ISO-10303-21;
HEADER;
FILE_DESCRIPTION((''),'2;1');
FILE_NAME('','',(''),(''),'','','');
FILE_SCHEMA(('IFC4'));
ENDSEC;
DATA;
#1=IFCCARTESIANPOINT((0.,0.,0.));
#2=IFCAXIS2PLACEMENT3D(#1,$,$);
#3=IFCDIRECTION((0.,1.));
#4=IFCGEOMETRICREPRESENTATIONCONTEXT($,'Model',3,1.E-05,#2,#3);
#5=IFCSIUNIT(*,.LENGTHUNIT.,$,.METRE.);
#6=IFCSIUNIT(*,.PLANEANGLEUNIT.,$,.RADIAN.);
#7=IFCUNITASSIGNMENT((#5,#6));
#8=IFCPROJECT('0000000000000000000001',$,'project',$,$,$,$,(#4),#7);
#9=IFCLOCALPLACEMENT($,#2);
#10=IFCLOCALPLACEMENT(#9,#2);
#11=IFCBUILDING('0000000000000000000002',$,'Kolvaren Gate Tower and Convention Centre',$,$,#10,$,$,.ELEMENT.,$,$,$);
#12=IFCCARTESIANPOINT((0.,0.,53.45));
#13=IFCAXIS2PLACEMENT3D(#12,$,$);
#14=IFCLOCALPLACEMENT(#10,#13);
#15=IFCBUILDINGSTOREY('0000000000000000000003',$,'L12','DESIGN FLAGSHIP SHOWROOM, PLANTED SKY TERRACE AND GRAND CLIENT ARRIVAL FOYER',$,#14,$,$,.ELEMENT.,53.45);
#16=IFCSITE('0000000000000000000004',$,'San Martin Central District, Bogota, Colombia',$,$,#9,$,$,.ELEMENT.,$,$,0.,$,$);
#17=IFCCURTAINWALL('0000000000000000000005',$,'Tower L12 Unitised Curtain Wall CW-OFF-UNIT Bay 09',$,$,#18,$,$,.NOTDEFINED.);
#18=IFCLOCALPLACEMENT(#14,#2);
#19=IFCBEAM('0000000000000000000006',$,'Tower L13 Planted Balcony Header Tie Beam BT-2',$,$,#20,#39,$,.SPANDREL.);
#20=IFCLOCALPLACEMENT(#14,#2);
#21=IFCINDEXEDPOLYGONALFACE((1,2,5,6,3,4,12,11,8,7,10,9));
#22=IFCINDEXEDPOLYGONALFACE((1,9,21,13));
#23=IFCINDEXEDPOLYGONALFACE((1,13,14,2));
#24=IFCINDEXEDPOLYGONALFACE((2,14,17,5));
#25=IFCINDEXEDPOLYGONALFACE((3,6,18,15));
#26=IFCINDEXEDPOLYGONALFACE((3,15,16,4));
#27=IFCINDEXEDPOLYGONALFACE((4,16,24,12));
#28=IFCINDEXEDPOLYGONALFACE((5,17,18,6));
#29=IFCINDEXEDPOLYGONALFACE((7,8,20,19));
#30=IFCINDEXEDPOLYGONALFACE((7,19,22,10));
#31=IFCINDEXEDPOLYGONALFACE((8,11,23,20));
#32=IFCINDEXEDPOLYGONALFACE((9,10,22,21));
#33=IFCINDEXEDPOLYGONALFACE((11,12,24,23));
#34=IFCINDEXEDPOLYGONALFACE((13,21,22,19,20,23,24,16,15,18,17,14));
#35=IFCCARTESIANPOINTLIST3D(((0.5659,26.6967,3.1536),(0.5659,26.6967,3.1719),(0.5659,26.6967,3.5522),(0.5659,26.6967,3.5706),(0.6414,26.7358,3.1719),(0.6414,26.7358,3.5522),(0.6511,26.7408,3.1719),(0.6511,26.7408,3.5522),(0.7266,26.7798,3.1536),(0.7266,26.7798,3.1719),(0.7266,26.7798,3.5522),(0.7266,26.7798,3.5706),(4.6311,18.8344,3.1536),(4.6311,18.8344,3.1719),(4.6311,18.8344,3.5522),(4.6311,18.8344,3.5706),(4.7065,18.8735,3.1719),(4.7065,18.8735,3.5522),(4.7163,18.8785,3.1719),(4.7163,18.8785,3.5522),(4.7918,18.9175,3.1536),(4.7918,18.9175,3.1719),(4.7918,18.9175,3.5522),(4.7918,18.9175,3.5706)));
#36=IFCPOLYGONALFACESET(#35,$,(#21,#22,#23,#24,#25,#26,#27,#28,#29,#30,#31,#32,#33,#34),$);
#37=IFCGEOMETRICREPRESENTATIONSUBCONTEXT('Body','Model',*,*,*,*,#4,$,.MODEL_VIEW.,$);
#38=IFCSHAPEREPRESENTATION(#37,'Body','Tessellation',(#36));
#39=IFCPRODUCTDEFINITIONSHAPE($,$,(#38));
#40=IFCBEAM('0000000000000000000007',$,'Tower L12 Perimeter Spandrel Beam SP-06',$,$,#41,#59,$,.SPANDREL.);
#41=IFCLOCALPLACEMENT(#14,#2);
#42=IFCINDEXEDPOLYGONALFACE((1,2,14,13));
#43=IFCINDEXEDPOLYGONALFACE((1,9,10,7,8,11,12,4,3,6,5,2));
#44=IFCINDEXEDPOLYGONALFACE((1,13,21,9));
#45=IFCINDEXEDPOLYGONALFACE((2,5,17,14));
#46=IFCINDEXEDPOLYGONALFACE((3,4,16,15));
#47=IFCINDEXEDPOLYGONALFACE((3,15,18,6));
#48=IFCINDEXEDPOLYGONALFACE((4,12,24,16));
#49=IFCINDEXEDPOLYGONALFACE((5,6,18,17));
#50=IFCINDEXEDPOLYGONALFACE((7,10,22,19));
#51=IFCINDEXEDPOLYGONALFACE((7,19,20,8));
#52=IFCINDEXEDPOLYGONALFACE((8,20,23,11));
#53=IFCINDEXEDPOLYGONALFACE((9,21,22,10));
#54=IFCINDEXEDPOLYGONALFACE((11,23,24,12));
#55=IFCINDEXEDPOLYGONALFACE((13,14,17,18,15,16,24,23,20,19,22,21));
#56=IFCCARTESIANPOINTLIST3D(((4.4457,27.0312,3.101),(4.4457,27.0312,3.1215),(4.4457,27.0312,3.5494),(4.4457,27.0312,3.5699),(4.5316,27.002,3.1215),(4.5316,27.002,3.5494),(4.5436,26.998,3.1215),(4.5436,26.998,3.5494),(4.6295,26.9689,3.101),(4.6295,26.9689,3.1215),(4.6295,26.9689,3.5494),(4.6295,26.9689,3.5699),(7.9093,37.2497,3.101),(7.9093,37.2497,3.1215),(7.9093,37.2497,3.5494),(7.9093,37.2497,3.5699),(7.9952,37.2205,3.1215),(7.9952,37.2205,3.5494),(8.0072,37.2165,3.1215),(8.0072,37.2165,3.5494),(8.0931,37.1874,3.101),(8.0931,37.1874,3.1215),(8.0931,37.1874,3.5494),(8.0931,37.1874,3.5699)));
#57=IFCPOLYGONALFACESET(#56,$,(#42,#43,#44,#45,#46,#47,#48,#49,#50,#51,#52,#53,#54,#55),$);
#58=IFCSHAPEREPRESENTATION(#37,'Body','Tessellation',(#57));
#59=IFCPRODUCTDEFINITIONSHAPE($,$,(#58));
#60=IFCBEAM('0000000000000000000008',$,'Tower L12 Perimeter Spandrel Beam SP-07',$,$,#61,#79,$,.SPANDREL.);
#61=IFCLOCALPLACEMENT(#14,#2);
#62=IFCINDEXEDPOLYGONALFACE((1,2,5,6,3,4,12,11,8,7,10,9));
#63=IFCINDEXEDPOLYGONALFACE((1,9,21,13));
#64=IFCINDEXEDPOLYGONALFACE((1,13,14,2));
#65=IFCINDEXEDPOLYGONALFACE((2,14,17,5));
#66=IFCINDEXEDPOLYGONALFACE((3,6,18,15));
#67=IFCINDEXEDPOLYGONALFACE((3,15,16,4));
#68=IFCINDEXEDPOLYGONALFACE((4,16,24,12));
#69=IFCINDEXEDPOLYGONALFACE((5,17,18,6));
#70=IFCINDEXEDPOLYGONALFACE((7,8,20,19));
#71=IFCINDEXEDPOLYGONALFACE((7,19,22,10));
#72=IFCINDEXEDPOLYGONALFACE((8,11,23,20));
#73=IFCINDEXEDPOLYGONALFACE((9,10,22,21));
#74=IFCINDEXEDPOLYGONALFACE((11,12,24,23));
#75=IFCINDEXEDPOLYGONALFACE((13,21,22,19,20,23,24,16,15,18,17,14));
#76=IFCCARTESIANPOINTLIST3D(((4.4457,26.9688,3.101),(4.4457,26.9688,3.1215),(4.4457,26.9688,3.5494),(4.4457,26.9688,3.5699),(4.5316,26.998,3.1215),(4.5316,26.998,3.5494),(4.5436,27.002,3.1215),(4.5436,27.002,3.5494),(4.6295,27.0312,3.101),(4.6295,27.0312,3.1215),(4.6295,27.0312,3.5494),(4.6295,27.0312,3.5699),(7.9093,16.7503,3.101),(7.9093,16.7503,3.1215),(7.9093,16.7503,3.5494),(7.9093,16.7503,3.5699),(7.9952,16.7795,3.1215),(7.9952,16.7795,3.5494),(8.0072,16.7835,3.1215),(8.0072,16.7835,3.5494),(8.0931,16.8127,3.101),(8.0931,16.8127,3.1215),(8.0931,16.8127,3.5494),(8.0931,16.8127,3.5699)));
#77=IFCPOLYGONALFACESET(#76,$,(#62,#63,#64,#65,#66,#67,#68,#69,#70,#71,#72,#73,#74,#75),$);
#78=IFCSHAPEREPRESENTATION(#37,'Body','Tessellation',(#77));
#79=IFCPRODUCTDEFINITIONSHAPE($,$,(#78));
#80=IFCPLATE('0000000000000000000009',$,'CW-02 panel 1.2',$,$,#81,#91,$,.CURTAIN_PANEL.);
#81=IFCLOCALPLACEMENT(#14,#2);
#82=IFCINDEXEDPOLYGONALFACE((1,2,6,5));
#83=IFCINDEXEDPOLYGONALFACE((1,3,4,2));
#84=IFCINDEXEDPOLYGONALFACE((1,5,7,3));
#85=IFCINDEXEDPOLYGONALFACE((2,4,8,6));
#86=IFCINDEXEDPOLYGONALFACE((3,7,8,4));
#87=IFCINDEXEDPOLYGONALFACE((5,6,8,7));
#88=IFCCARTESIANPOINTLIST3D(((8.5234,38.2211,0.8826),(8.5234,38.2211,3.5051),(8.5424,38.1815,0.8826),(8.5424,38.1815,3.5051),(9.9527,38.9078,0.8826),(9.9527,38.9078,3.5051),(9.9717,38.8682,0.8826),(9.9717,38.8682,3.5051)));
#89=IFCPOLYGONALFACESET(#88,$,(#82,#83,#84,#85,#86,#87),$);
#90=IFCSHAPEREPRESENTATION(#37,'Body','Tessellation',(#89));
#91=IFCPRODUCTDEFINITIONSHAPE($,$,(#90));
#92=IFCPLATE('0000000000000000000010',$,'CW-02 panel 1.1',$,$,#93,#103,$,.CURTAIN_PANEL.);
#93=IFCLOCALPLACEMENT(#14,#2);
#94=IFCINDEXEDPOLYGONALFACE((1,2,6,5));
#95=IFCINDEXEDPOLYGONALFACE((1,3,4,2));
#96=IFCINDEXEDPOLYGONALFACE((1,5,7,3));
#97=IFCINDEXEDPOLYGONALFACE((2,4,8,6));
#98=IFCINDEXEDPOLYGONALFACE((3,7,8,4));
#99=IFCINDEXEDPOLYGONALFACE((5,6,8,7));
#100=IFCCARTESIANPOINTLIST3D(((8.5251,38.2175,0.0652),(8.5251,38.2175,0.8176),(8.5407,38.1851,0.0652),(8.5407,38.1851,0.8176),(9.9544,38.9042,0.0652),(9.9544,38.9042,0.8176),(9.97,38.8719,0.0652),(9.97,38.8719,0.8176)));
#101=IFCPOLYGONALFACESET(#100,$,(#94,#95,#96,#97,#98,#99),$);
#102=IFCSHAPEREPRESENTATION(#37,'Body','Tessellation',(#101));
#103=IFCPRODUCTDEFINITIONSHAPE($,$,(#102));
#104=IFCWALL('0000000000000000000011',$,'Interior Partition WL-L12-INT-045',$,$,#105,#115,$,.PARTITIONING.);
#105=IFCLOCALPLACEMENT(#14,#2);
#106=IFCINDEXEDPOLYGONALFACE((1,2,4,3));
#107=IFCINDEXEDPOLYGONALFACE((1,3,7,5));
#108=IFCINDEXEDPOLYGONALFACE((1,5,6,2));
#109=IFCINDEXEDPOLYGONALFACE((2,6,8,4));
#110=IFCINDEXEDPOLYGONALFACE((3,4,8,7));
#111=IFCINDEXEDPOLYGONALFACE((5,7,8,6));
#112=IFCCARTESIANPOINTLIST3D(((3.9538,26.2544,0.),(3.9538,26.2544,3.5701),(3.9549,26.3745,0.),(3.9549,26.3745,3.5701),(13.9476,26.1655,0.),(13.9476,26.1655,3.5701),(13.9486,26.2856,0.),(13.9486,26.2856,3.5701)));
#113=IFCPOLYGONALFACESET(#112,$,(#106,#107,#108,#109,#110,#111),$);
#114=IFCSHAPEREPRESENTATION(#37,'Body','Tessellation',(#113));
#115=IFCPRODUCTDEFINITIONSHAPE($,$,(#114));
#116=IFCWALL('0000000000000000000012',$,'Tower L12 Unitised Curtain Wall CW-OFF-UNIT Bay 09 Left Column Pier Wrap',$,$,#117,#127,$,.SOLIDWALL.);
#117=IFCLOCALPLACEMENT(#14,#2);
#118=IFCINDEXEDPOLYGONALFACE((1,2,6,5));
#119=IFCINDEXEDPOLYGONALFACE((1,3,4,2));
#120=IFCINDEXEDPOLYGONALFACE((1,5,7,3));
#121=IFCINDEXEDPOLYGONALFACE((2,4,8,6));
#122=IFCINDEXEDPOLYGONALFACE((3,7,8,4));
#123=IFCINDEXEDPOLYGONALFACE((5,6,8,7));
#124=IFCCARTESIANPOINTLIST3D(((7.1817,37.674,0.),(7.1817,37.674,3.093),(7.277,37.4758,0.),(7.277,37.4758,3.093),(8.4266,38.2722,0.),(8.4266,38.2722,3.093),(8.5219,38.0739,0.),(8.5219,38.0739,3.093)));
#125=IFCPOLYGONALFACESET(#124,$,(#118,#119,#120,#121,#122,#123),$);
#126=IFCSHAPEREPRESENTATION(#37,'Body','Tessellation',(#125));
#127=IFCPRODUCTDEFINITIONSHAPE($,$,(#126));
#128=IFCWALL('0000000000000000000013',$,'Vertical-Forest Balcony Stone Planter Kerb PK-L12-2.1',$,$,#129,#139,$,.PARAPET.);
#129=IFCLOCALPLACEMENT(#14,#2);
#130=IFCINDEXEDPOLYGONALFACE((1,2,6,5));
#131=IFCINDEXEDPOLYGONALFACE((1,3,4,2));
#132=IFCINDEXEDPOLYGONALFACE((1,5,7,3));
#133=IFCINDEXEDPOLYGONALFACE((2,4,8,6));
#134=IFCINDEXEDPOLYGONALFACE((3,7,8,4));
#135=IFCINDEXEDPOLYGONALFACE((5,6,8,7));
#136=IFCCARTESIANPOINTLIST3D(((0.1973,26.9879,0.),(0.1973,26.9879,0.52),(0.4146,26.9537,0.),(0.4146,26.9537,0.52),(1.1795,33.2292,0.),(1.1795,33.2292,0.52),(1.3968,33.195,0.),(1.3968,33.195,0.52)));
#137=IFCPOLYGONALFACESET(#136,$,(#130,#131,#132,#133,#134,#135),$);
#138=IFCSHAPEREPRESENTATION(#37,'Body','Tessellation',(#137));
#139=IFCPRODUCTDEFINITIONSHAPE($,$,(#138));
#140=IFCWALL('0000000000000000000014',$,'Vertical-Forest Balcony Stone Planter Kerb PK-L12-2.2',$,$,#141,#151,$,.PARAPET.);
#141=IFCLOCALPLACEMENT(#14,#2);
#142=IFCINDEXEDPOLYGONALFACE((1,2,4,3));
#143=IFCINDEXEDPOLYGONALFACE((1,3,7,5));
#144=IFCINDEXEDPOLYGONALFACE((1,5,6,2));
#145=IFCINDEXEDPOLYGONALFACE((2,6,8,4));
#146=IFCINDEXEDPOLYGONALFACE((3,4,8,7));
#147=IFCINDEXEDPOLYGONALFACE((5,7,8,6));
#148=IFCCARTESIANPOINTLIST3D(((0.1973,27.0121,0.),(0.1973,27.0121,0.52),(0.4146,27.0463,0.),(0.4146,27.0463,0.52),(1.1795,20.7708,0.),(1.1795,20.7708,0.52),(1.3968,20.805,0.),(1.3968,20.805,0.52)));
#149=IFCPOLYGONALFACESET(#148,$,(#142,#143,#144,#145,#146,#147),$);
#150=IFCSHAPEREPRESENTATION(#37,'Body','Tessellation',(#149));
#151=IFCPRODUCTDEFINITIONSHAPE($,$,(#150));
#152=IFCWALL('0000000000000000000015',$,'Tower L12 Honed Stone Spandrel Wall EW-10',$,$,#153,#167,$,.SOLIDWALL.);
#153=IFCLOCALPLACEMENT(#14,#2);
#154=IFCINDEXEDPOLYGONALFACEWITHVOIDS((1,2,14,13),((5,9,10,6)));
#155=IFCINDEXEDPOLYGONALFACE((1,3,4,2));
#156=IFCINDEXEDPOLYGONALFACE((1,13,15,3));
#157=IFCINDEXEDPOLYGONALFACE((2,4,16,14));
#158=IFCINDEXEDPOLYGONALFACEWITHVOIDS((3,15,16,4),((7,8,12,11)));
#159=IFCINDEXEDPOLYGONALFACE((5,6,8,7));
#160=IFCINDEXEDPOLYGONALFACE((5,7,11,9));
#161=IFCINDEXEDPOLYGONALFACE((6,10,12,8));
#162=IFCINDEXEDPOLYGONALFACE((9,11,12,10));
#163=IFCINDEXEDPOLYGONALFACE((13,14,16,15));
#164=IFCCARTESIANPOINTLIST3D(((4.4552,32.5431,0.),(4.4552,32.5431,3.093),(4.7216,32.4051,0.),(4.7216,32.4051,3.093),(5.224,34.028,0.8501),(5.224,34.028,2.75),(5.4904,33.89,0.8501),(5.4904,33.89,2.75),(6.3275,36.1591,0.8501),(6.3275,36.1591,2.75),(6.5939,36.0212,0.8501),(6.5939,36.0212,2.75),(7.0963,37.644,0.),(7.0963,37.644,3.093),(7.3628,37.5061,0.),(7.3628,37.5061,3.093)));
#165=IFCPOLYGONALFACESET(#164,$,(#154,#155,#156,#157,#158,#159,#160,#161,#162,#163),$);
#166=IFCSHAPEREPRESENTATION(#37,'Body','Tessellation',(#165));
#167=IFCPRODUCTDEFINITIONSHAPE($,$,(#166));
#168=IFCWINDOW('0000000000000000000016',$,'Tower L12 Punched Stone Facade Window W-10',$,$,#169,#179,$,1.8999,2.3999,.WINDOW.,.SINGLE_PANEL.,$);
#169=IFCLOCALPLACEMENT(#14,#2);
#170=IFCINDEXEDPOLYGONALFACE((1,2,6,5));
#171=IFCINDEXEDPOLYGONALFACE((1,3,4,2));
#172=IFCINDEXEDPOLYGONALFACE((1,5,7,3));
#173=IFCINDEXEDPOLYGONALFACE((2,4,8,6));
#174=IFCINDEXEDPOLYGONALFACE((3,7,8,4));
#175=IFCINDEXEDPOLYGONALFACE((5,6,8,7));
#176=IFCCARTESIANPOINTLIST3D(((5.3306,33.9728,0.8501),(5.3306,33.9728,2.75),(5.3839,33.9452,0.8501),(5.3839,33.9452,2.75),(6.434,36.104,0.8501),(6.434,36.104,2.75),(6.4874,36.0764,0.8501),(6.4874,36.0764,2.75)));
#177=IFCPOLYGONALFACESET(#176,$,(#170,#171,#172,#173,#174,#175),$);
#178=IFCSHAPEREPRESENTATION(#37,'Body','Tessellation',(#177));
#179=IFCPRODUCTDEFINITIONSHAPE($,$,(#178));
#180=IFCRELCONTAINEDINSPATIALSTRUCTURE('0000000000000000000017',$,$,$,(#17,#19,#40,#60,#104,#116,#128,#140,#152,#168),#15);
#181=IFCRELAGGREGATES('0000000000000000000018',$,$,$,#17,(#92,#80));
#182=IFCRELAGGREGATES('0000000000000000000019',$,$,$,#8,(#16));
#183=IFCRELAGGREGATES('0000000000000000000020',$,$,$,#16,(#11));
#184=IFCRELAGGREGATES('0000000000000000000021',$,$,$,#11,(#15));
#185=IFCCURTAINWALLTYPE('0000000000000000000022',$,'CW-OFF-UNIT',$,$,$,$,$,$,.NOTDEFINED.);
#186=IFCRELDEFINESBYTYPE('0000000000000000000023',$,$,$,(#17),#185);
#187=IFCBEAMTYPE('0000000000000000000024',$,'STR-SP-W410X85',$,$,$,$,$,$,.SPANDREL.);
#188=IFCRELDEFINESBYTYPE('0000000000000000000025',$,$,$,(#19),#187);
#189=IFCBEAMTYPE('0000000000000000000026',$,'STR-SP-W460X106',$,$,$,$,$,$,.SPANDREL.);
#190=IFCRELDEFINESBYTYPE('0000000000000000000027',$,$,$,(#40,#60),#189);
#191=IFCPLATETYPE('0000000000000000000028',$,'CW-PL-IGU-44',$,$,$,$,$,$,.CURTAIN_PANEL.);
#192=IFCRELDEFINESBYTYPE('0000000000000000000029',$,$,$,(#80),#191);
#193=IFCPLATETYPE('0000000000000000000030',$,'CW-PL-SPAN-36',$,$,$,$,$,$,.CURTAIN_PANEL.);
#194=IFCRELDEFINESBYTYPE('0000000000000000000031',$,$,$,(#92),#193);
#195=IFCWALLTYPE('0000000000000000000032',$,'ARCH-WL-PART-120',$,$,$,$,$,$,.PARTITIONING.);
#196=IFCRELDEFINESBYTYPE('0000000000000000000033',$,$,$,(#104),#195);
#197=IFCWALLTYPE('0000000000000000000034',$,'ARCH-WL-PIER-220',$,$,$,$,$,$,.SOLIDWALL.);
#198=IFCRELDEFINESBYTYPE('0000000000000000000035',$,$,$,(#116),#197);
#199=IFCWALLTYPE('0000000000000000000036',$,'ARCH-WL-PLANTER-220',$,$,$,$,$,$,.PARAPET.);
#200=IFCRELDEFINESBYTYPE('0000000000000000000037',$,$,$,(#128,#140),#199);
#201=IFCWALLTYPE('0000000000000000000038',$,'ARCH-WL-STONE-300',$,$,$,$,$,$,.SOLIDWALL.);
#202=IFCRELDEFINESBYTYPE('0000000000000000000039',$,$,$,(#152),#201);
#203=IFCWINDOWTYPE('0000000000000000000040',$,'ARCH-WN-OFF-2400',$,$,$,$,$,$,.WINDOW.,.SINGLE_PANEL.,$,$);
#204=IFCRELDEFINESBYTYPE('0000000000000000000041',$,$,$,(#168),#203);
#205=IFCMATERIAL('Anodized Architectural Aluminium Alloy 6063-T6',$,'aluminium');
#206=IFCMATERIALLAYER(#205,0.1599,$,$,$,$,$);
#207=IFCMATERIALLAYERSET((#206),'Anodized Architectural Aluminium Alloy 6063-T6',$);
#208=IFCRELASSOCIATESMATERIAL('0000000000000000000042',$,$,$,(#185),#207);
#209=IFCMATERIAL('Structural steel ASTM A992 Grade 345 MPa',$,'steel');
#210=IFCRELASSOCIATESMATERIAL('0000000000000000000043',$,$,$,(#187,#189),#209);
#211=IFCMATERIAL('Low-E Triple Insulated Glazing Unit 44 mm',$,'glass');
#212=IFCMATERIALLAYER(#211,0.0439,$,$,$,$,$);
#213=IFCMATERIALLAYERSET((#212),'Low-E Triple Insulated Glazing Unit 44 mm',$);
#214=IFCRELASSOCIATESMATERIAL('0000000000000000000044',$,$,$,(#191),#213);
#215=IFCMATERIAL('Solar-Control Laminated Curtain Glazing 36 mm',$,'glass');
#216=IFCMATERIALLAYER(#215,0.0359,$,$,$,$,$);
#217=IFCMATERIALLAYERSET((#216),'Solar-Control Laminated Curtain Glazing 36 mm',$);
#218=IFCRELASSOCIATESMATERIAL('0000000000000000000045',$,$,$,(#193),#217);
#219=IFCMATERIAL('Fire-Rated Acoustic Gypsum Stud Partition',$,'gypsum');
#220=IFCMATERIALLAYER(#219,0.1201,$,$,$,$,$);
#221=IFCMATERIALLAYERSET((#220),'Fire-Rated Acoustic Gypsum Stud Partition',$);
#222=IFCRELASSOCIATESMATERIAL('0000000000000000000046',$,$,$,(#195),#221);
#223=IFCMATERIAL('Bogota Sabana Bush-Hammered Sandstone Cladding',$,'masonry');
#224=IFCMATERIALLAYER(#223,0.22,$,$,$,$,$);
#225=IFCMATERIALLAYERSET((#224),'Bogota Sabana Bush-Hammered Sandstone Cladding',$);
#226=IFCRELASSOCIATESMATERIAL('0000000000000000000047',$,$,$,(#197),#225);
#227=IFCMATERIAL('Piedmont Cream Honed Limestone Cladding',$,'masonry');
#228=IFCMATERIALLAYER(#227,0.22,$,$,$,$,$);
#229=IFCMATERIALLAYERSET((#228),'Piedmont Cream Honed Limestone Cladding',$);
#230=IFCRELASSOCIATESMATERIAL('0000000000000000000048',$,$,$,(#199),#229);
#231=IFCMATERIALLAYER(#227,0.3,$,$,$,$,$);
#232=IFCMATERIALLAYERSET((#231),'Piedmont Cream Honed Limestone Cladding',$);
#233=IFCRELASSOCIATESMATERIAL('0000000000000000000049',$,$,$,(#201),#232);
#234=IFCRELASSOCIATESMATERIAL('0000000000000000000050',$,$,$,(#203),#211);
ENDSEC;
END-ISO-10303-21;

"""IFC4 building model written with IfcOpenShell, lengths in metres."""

from ifc_helpers import new_model, si_unit, direction, frame, frame_2d, origin, origin_2d, place, context, subcontext, project, spatial, rectangle, i_section, extrude, material, layer, layer_set, material_profile, profile_set, type_object, element, fill, aggregate, save


model = new_model("IFC4")

# Units and contexts
model_context = context("Model", 3, precision=1e-05, world=origin(), true_north=direction((0.0, 1.0)))
body_context = subcontext(model_context, "Body", "Model", "MODEL_VIEW")
ifc_project = project(units=[si_unit("LENGTHUNIT", "METRE"), si_unit("PLANEANGLEUNIT", "RADIAN")], contexts=[model_context])

# Site, building, storey
site_placement = place(None, origin())
site = spatial("IfcSite", under=ifc_project, at=site_placement, Name="San Martin Central District, Bogota, Colombia", CompositionType="ELEMENT", RefElevation=0.0)
building_placement = place(site_placement, origin())
building = spatial("IfcBuilding", under=site, at=building_placement, Name="Kolvaren Gate Tower and Convention Centre", CompositionType="ELEMENT")
storey_placement = place(building_placement, frame((0.0, 0.0, 53.45)))
storey = spatial("IfcBuildingStorey", under=building, at=storey_placement, Name="L12", Description="DESIGN FLAGSHIP SHOWROOM, PLANTED SKY TERRACE AND GRAND CLIENT ARRIVAL FOYER", CompositionType="ELEMENT", Elevation=53.45)

# Curtain wall
ifc_material_1 = material(Name="Anodized Architectural Aluminium Alloy 6063-T6", Category="aluminium")
ifc_layer_1 = layer(ifc_material_1, 0.1599)
ifc_layer_set_1 = layer_set([ifc_layer_1], Name="Anodized Architectural Aluminium Alloy 6063-T6")
curtain_wall_type = type_object("IfcCurtainWallType", Name="CW-OFF-UNIT", PredefinedType="NOTDEFINED", material=ifc_layer_set_1)
curtain_wall_placement = place(storey_placement, origin())
curtain_wall = element("IfcCurtainWall", 1, at=curtain_wall_placement, inside=storey, type_object=curtain_wall_type, Name="Tower L12 Unitised Curtain Wall CW-OFF-UNIT Bay 09", PredefinedType="NOTDEFINED")

# Beams
ifc_material_2 = material(Name="Structural steel ASTM A992 Grade 345 MPa", Category="steel")
ifc_material_profile_1 = material_profile(ifc_material_2, i_section(OverallWidth=0.1809, OverallDepth=0.417, WebThickness=0.011, FlangeThickness=0.0183, at=origin_2d()), Name="W410X85")
ifc_profile_set_1 = profile_set([ifc_material_profile_1], Name="Structural steel ASTM A992 Grade 345 MPa")
beam_type_1 = type_object("IfcBeamType", Name="STR-SP-W410X85", PredefinedType="SPANDREL", material=ifc_profile_set_1)
beam_1_placement = place(storey_placement, frame((0.6462, 26.7383, 3.3621), z_axis=(0.459287, -0.888288, 0.0), x_axis=(0.888288, 0.459287, 0.0)))
element("IfcBeam", 2, at=beam_1_placement, inside=storey, type_object=beam_type_1, Name="Tower L13 Planted Balcony Header Tie Beam BT-2", PredefinedType="SPANDREL", context=body_context, shape_type="SweptSolid", body=[
    extrude(i_section(OverallWidth=0.1809, OverallDepth=0.417, WebThickness=0.011, FlangeThickness=0.0183, at=origin_2d()), origin(), (0.0, 0.0, 1.0), 8.8511),
])
ifc_material_profile_2 = material_profile(ifc_material_2, i_section(OverallWidth=0.1941, OverallDepth=0.469, WebThickness=0.0127, FlangeThickness=0.0205, at=origin_2d()), Name="W460X106")
ifc_profile_set_2 = profile_set([ifc_material_profile_2], Name="Structural steel ASTM A992 Grade 345 MPa")
beam_type_2 = type_object("IfcBeamType", Name="STR-SP-W460X106", PredefinedType="SPANDREL", material=ifc_profile_set_2)
for number, where, z_axis, x_axis, name in (
    (3, (8.0012, 37.2185, 3.3354), (-0.321016, -0.947074, 0.0), (0.947074, -0.321016, 0.0), "Tower L12 Perimeter Spandrel Beam SP-06"),
    (4, (4.5376, 27.0, 3.3354), (0.321016, -0.947074, 0.0), (0.947074, 0.321016, 0.0), "Tower L12 Perimeter Spandrel Beam SP-07"),
):
    element("IfcBeam", number, at=place(storey_placement, frame(where, z_axis=z_axis, x_axis=x_axis)), inside=storey, type_object=beam_type_2, Name=name, PredefinedType="SPANDREL", context=body_context, shape_type="SweptSolid", body=[
        extrude(i_section(OverallWidth=0.1941, OverallDepth=0.469, WebThickness=0.0127, FlangeThickness=0.0205, at=origin_2d()), origin(), (0.0, 0.0, 1.0), 10.7896),
    ])

# Plates
ifc_material_3 = material(Name="Low-E Triple Insulated Glazing Unit 44 mm", Category="glass")
ifc_layer_2 = layer(ifc_material_3, 0.0439)
ifc_layer_set_2 = layer_set([ifc_layer_2], Name="Low-E Triple Insulated Glazing Unit 44 mm")
plate_type_1 = type_object("IfcPlateType", Name="CW-PL-IGU-44", PredefinedType="CURTAIN_PANEL", material=ifc_layer_set_2)
plate_1_placement = place(storey_placement, frame((9.2476, 38.5447, 0.8826), z_axis=(0.0, 0.0, 1.0), x_axis=(0.901358, 0.433075, 0.0)))
plate_1 = element("IfcPlate", 5, at=plate_1_placement, type_object=plate_type_1, Name="CW-02 panel 1.2", PredefinedType="CURTAIN_PANEL", context=body_context, shape_type="SweptSolid", body=[
    extrude(rectangle(XDim=1.5857, YDim=0.0439, at=origin_2d()), origin(), (0.0, 0.0, 1.0), 2.6226),
])
ifc_material_4 = material(Name="Solar-Control Laminated Curtain Glazing 36 mm", Category="glass")
ifc_layer_3 = layer(ifc_material_4, 0.0359)
ifc_layer_set_3 = layer_set([ifc_layer_3], Name="Solar-Control Laminated Curtain Glazing 36 mm")
plate_type_2 = type_object("IfcPlateType", Name="CW-PL-SPAN-36", PredefinedType="CURTAIN_PANEL", material=ifc_layer_set_3)
plate_2_placement = place(storey_placement, frame((9.2476, 38.5447, 0.0652), z_axis=(0.0, 0.0, 1.0), x_axis=(0.901358, 0.433075, 0.0)))
plate_2 = element("IfcPlate", 6, at=plate_2_placement, type_object=plate_type_2, Name="CW-02 panel 1.1", PredefinedType="CURTAIN_PANEL", context=body_context, shape_type="SweptSolid", body=[
    extrude(rectangle(XDim=1.5857, YDim=0.0359, at=origin_2d()), origin(), (0.0, 0.0, 1.0), 0.7524),
])
aggregate(curtain_wall, [plate_2, plate_1])

# Walls
ifc_material_5 = material(Name="Fire-Rated Acoustic Gypsum Stud Partition", Category="gypsum")
ifc_layer_4 = layer(ifc_material_5, 0.1201)
ifc_layer_set_4 = layer_set([ifc_layer_4], Name="Fire-Rated Acoustic Gypsum Stud Partition")
wall_type_1 = type_object("IfcWallType", Name="ARCH-WL-PART-120", PredefinedType="PARTITIONING", material=ifc_layer_set_4)
wall_1_placement = place(storey_placement, frame((3.9543, 26.3145, 0.0), z_axis=(0.0, 0.0, 1.0), x_axis=(0.99996, -0.008892, 0.0)))
element("IfcWall", 7, at=wall_1_placement, inside=storey, type_object=wall_type_1, Name="Interior Partition WL-L12-INT-045", PredefinedType="PARTITIONING", context=body_context, shape_type="SweptSolid", body=[
    extrude(rectangle(XDim=9.9941, YDim=0.1201, at=frame_2d((4.9971, 0.0))), origin(), (0.0, 0.0, 1.0), 3.5701),
])
ifc_material_6 = material(Name="Bogota Sabana Bush-Hammered Sandstone Cladding", Category="masonry")
ifc_layer_5 = layer(ifc_material_6, 0.22)
ifc_layer_set_5 = layer_set([ifc_layer_5], Name="Bogota Sabana Bush-Hammered Sandstone Cladding")
wall_type_2 = type_object("IfcWallType", Name="ARCH-WL-PIER-220", PredefinedType="SOLIDWALL", material=ifc_layer_set_5)
wall_2_placement = place(storey_placement, frame((7.2295, 37.575, 0.0), z_axis=(0.0, 0.0, 1.0), x_axis=(0.901352, 0.433087, 0.0)))
element("IfcWall", 8, at=wall_2_placement, inside=storey, type_object=wall_type_2, Name="Tower L12 Unitised Curtain Wall CW-OFF-UNIT Bay 09 Left Column Pier Wrap", PredefinedType="SOLIDWALL", context=body_context, shape_type="SweptSolid", body=[
    extrude(rectangle(XDim=1.3811, YDim=0.22, at=frame_2d((0.6904, 0.0))), origin(), (0.0, 0.0, 1.0), 3.093),
])
ifc_material_7 = material(Name="Piedmont Cream Honed Limestone Cladding", Category="masonry")
ifc_layer_6 = layer(ifc_material_7, 0.22)
ifc_layer_set_6 = layer_set([ifc_layer_6], Name="Piedmont Cream Honed Limestone Cladding")
wall_type_3 = type_object("IfcWallType", Name="ARCH-WL-PLANTER-220", PredefinedType="PARAPET", material=ifc_layer_set_6)
for number, where, z_axis, x_axis, name in (
    (9, (0.3059, 26.9707, 0.0), (0.0, 0.0, 1.0), (0.155457, 0.987843, 0.0), "Vertical-Forest Balcony Stone Planter Kerb PK-L12-2.1"),
    (10, (0.3059, 27.0293, 0.0), (0.0, 0.0, 1.0), (0.155457, -0.987843, 0.0), "Vertical-Forest Balcony Stone Planter Kerb PK-L12-2.2"),
):
    element("IfcWall", number, at=place(storey_placement, frame(where, z_axis=z_axis, x_axis=x_axis)), inside=storey, type_object=wall_type_3, Name=name, PredefinedType="PARAPET", context=body_context, shape_type="SweptSolid", body=[
        extrude(rectangle(XDim=6.3181, YDim=0.22, at=frame_2d((3.1592, 0.0))), origin(), (0.0, 0.0, 1.0), 0.52),
    ])

# Wall, opening, window
ifc_layer_7 = layer(ifc_material_7, 0.3)
ifc_layer_set_7 = layer_set([ifc_layer_7], Name="Piedmont Cream Honed Limestone Cladding")
wall_type_4 = type_object("IfcWallType", Name="ARCH-WL-STONE-300", PredefinedType="SOLIDWALL", material=ifc_layer_set_7)
wall_3_placement = place(storey_placement, frame((4.5884, 32.4741, 0.0), z_axis=(0.0, 0.0, 1.0), x_axis=(0.459801, 0.888022, 0.0)))
wall_3 = element("IfcWall", 11, at=wall_3_placement, inside=storey, type_object=wall_type_4, Name="Tower L12 Honed Stone Spandrel Wall EW-10", PredefinedType="SOLIDWALL", context=body_context, shape_type="SweptSolid", body=[
    extrude(rectangle(XDim=5.7441, YDim=0.3, at=frame_2d((2.8721, 0.0))), origin(), (0.0, 0.0, 1.0), 3.093),
])
opening_1_placement = place(wall_3_placement, frame((1.6721, 0.0, 0.8501)))
opening_1 = element("IfcOpeningElement", 12, at=opening_1_placement, cuts=wall_3, PredefinedType="OPENING", context=body_context, shape_type="SweptSolid", body=[
    extrude(rectangle(XDim=2.3999, YDim=1.8999, at=frame_2d((1.2, 0.95))), frame((0.0, 0.1599, 0.0), z_axis=(0.0, -1.0, 0.0), x_axis=(1.0, 0.0, 0.0)), (0.0, 0.0, 1.0), 0.3201),
])
window_type = type_object("IfcWindowType", Name="ARCH-WN-OFF-2400", PartitioningType="SINGLE_PANEL", PredefinedType="WINDOW", material=ifc_material_3)
window_1_placement = place(opening_1_placement, origin())
window_1 = element("IfcWindow", 13, at=window_1_placement, inside=storey, type_object=window_type, Name="Tower L12 Punched Stone Facade Window W-10", OverallHeight=1.8999, OverallWidth=2.3999, PartitioningType="SINGLE_PANEL", PredefinedType="WINDOW", context=body_context, shape_type="SweptSolid", body=[
    extrude(rectangle(XDim=2.3999, YDim=1.8999, at=frame_2d((1.2, 0.95))), frame((0.0, 0.03, 0.0), z_axis=(0.0, -1.0, 0.0), x_axis=(1.0, 0.0, 0.0)), (0.0, 0.0, 1.0), 0.0601),
])
fill(opening_1, window_1)

save(model, "model.ifc")
